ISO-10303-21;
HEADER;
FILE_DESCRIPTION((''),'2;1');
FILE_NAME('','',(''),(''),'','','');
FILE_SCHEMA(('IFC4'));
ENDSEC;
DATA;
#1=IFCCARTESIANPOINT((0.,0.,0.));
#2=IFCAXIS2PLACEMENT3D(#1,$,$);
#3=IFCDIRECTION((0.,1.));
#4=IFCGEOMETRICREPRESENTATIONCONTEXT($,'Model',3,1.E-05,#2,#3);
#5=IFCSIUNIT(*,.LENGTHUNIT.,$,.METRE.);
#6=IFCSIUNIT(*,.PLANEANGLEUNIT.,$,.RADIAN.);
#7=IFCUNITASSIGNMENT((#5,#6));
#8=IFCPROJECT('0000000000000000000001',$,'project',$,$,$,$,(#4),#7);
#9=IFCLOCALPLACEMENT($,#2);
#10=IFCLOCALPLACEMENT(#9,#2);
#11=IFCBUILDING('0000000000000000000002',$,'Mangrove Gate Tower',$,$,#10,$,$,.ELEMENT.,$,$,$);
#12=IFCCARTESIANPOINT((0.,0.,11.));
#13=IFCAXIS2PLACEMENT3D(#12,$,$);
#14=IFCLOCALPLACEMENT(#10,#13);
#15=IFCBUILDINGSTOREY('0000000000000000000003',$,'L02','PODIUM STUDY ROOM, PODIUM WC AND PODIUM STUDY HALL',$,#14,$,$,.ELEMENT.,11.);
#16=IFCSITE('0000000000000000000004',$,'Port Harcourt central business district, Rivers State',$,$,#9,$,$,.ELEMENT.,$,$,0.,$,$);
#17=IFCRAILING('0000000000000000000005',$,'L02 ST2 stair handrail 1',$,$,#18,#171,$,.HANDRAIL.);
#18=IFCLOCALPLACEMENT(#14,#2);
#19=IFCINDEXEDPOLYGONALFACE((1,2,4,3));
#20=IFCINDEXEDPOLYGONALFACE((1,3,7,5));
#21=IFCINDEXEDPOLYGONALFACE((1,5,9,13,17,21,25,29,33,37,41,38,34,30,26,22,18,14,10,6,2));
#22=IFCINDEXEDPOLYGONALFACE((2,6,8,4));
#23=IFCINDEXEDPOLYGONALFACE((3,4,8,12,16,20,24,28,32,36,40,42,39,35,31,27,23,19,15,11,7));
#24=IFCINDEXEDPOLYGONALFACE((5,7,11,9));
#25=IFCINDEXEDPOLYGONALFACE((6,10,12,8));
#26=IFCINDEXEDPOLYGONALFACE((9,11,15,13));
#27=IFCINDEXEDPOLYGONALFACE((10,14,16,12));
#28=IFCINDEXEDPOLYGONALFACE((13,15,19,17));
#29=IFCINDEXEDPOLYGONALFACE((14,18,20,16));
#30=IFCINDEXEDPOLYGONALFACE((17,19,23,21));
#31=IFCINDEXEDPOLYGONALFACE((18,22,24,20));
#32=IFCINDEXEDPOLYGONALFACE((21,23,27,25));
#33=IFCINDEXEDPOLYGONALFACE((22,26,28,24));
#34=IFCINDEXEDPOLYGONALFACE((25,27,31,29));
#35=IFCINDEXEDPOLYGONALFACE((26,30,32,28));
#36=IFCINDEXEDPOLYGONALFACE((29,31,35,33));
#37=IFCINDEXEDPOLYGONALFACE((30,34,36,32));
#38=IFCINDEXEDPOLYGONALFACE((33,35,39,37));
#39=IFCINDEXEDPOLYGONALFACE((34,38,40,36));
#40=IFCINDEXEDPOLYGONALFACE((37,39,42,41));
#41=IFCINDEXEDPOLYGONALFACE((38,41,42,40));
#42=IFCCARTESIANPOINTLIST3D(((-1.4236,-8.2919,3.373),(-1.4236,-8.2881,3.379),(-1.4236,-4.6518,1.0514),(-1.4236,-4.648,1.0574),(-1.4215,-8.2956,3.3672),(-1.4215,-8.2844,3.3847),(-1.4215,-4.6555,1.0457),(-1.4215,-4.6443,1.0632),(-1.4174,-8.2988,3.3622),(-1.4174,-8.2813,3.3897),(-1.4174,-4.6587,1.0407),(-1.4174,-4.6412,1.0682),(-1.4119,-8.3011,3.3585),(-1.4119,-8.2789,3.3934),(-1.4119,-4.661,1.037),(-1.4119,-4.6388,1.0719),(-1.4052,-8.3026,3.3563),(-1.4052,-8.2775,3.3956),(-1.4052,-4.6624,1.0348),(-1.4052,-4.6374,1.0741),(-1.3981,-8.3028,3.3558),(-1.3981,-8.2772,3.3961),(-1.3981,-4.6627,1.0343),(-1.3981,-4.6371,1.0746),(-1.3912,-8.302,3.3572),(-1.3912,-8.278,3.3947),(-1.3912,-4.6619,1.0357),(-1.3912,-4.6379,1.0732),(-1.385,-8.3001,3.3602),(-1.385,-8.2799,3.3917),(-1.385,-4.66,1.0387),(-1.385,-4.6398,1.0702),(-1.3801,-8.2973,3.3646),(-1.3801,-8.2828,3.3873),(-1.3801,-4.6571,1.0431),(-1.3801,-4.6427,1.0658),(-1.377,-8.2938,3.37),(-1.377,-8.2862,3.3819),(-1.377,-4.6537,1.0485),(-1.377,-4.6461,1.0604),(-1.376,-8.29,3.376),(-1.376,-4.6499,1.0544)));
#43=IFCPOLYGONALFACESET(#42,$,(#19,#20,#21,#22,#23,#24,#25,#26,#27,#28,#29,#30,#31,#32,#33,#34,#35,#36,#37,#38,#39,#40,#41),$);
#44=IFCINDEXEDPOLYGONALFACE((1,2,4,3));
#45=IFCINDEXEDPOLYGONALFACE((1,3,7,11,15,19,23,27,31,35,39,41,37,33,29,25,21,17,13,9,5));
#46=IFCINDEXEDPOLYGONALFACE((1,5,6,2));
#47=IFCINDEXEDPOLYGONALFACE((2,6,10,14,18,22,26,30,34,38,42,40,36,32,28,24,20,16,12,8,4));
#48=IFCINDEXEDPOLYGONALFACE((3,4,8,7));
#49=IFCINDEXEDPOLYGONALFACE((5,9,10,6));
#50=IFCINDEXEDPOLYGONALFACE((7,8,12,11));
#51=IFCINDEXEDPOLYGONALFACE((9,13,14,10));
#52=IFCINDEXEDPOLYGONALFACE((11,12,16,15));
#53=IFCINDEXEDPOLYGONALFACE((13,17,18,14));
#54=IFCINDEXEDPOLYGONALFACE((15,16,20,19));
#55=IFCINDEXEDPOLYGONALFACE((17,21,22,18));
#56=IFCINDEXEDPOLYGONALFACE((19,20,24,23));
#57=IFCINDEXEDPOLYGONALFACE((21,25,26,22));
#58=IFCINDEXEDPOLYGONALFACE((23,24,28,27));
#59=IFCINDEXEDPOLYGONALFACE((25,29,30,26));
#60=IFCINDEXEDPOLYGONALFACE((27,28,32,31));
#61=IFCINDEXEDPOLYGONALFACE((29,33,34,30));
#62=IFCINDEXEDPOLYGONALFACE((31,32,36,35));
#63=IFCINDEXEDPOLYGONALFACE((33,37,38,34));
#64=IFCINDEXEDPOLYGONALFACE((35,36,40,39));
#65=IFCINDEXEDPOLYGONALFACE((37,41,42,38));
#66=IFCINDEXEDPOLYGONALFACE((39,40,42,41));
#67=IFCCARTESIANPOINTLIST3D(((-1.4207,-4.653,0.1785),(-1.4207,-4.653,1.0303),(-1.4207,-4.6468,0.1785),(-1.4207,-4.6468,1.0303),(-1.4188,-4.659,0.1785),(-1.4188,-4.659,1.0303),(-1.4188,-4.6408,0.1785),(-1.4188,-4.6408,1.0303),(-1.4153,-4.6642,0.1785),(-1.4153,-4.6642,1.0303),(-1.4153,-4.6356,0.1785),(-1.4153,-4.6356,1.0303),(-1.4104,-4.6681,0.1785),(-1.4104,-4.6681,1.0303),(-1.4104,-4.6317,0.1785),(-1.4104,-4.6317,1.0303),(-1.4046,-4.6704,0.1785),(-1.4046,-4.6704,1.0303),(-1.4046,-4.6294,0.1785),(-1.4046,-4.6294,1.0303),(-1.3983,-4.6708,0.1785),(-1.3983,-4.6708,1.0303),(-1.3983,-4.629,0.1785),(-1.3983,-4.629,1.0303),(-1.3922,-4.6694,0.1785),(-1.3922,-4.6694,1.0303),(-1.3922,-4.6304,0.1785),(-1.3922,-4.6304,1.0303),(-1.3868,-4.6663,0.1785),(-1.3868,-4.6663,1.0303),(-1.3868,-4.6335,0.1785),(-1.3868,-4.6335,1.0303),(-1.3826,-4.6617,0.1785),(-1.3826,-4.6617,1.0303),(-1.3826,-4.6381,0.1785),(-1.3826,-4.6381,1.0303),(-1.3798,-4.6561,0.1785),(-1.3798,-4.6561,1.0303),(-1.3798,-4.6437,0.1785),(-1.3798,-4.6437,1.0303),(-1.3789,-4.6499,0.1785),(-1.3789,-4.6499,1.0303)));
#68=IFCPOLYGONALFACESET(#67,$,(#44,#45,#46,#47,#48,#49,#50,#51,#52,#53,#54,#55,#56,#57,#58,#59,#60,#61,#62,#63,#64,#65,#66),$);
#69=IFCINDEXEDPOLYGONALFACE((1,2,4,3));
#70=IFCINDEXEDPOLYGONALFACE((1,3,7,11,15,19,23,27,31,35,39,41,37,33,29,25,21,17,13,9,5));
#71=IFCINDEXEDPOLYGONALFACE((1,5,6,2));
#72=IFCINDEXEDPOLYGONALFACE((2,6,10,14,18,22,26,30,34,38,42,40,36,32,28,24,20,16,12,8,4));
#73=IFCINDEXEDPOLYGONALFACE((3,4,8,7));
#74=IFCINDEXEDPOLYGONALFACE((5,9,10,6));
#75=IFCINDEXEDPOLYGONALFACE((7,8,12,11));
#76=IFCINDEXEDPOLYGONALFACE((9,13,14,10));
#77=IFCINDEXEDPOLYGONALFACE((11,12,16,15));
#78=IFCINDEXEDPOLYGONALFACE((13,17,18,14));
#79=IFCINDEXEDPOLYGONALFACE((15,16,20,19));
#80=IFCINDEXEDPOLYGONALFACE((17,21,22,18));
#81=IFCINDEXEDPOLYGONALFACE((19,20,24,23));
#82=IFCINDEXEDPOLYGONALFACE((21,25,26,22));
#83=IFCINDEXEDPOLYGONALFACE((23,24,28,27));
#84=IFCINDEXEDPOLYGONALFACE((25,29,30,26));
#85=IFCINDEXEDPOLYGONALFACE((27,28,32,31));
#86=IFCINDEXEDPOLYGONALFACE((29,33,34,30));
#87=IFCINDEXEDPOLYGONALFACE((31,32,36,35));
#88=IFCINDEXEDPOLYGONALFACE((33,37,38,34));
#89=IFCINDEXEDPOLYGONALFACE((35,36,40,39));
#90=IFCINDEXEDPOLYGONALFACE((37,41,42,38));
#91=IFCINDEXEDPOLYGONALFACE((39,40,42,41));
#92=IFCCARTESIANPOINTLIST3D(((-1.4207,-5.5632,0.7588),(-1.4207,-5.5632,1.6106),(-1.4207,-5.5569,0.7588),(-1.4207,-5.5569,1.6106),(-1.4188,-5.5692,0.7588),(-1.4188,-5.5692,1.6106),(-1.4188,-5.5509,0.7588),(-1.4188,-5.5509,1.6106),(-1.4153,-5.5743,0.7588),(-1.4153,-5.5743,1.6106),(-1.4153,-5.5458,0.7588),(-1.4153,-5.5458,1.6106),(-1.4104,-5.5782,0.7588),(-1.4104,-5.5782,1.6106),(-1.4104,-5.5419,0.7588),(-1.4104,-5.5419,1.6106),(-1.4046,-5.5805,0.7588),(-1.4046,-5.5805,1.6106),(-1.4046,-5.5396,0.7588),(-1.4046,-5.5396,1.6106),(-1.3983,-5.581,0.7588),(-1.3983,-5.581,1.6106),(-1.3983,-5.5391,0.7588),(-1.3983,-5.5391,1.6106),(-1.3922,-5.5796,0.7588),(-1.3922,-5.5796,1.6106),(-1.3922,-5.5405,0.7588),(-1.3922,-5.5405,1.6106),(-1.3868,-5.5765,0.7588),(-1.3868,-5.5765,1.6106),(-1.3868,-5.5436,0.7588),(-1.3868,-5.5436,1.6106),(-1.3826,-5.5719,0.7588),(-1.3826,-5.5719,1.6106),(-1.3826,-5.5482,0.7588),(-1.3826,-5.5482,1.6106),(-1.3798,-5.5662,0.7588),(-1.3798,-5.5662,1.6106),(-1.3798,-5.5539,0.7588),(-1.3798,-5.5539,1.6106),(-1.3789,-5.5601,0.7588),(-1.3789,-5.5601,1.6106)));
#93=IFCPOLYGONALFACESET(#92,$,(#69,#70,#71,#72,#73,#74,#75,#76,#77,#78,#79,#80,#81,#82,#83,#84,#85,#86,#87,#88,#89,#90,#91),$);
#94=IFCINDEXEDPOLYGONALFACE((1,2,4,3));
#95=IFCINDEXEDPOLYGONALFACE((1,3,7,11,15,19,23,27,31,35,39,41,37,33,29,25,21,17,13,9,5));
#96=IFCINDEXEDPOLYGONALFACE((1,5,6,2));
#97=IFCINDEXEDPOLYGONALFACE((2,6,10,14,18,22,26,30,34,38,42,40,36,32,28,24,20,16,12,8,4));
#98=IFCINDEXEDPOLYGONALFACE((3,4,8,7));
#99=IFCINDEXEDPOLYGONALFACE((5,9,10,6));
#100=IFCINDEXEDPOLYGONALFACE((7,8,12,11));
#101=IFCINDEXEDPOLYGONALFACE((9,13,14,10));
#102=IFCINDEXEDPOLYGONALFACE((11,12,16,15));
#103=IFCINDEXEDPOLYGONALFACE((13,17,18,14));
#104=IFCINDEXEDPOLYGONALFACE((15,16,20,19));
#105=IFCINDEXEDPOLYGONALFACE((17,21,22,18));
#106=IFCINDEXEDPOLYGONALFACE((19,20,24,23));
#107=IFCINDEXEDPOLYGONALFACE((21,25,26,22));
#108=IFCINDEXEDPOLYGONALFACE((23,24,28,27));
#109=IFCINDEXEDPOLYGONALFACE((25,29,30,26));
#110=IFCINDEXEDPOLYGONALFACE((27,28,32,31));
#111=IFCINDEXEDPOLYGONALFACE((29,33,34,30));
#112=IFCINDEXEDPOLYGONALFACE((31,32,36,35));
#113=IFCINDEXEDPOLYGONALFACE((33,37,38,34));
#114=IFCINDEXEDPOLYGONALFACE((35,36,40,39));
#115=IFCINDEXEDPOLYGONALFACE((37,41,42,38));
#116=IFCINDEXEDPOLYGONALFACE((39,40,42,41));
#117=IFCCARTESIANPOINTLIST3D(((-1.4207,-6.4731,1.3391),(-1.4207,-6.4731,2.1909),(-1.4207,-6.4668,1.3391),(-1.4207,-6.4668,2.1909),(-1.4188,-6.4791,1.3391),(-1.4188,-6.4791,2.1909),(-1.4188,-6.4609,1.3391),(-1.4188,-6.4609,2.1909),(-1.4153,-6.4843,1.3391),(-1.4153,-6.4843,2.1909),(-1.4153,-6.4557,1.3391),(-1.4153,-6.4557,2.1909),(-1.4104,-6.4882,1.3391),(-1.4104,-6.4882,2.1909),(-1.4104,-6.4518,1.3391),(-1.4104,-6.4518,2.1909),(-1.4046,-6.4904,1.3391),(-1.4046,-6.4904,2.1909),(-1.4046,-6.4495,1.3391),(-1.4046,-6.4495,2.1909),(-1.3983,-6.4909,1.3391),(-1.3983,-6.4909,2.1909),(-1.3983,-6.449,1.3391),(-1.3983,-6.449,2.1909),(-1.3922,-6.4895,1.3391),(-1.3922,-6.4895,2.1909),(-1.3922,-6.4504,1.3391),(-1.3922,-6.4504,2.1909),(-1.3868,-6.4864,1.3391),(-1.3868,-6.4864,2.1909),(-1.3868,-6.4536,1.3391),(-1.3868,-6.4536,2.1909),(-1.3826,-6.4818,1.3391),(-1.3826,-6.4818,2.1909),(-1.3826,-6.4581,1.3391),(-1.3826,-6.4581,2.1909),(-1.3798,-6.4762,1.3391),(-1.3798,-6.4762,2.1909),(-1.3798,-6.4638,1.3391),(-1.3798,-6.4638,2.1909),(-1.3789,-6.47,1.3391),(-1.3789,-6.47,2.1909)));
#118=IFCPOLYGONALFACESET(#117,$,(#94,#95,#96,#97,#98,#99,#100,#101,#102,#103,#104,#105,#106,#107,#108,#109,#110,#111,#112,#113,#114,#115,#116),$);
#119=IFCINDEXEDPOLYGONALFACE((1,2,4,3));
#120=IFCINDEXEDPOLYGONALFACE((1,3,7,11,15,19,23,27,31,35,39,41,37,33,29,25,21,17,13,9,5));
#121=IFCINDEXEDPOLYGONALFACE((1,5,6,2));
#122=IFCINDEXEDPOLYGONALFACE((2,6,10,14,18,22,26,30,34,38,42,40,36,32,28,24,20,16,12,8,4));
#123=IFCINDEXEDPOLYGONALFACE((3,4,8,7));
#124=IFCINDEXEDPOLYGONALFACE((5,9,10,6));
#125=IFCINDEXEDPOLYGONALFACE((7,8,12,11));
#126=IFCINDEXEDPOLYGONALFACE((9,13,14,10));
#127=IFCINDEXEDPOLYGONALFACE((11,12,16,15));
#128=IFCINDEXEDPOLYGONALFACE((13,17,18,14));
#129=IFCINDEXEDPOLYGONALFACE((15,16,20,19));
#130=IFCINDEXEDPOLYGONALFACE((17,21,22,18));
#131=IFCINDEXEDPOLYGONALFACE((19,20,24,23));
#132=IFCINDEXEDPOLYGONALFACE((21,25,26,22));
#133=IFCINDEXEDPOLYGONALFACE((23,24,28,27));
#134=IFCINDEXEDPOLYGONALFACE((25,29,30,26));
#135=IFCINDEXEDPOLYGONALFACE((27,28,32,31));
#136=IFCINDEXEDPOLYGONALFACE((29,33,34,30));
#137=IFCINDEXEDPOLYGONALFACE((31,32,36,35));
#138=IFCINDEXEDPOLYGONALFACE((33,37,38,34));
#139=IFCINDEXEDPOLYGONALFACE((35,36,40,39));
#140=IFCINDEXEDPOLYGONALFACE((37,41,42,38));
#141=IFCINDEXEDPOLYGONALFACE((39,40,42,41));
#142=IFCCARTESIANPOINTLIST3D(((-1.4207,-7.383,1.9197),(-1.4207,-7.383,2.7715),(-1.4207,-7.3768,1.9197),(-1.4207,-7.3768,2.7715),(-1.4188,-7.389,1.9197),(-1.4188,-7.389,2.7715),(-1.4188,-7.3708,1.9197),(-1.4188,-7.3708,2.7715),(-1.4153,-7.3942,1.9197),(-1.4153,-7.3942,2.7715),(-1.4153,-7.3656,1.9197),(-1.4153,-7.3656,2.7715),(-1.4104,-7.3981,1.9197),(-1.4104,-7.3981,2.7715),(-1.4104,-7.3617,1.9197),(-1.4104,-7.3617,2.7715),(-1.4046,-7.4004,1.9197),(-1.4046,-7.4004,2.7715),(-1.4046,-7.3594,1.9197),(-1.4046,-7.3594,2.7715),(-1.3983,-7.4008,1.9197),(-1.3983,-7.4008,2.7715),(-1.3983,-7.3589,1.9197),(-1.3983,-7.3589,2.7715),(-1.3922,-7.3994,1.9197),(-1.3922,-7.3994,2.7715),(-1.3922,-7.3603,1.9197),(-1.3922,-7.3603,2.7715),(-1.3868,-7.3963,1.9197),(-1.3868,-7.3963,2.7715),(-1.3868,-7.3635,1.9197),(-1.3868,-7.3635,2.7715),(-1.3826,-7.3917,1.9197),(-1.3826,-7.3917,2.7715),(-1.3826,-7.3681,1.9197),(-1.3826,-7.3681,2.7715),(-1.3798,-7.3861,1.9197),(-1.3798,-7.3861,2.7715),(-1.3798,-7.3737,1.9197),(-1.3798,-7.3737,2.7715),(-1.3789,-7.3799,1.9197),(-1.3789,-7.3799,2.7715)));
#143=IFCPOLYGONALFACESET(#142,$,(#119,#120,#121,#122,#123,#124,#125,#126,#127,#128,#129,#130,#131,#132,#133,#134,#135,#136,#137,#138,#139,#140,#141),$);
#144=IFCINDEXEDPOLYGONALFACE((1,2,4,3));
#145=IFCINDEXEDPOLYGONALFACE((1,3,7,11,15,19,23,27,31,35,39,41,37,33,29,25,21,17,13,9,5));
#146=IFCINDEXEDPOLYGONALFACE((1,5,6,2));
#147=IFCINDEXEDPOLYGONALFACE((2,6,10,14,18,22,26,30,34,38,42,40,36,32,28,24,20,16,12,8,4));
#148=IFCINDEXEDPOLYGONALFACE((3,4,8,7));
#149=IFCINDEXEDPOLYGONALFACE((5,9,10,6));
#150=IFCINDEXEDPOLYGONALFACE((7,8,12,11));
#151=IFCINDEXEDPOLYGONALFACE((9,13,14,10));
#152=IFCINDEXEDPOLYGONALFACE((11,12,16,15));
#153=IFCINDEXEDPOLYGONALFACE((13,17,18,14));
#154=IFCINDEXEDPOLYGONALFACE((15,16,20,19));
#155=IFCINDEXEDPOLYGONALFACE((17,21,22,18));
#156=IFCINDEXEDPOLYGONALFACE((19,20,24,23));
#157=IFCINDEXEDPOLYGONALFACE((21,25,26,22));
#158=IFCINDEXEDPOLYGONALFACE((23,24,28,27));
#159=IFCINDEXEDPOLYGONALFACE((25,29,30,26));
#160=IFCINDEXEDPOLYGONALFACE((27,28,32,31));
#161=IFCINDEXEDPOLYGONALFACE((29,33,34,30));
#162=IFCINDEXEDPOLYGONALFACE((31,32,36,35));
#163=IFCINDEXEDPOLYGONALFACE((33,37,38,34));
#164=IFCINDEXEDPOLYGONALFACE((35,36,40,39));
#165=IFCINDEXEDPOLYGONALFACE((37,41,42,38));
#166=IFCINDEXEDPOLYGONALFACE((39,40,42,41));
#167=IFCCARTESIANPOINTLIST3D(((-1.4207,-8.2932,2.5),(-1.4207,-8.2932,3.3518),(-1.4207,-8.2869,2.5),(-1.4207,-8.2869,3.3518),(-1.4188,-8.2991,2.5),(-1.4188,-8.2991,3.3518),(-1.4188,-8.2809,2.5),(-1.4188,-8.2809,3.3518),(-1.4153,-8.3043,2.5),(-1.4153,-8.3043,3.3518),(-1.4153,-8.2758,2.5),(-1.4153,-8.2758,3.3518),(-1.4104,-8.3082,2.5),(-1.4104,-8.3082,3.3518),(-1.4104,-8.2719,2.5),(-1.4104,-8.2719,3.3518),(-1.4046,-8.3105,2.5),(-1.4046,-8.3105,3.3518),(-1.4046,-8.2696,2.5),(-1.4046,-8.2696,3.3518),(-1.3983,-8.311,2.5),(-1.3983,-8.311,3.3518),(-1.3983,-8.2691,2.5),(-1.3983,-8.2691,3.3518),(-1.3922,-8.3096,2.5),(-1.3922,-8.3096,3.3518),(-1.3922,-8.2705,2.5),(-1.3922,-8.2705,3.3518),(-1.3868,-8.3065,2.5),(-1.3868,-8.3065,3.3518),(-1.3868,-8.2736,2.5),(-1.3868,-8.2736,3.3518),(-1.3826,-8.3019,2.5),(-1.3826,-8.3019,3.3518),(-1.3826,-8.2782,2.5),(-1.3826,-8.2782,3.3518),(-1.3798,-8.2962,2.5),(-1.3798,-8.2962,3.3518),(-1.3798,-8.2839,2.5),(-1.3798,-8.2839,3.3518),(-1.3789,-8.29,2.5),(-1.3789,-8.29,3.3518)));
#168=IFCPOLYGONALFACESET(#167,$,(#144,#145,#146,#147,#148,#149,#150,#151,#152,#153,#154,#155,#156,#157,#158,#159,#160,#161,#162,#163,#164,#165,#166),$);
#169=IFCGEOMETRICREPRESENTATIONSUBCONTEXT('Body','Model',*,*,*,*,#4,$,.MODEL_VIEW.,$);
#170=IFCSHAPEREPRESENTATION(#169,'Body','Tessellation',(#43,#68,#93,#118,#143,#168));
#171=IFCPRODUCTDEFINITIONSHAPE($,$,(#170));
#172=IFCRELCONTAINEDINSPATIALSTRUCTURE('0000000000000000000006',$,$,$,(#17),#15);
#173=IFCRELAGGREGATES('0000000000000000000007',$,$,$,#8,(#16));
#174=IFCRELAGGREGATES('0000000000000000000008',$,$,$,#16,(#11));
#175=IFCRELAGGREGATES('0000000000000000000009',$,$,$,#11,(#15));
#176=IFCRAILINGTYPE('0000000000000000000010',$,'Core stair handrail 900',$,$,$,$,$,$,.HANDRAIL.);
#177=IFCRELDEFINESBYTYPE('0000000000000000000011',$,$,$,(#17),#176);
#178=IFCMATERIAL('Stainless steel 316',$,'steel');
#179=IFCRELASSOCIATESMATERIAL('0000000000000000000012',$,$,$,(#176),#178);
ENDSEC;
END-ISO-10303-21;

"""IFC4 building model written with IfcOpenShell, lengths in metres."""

from ifc_helpers import new_model, si_unit, direction, frame, origin, origin_2d, place, context, subcontext, project, spatial, circle, extrude, material, type_object, element, save


model = new_model("IFC4")

# Units and contexts
model_context = context("Model", 3, precision=1e-05, world=origin(), true_north=direction((0.0, 1.0)))
body_context = subcontext(model_context, "Body", "Model", "MODEL_VIEW")
ifc_project = project(units=[si_unit("LENGTHUNIT", "METRE"), si_unit("PLANEANGLEUNIT", "RADIAN")], contexts=[model_context])

# Site, building, storey
site_placement = place(None, origin())
site = spatial("IfcSite", under=ifc_project, at=site_placement, Name="Port Harcourt central business district, Rivers State", CompositionType="ELEMENT", RefElevation=0.0)
building_placement = place(site_placement, origin())
building = spatial("IfcBuilding", under=site, at=building_placement, Name="Mangrove Gate Tower", CompositionType="ELEMENT")
storey_placement = place(building_placement, frame((0.0, 0.0, 11.0)))
storey = spatial("IfcBuildingStorey", under=building, at=storey_placement, Name="L02", Description="PODIUM STUDY ROOM, PODIUM WC AND PODIUM STUDY HALL", CompositionType="ELEMENT", Elevation=11.0)

# Railing
ifc_material_1 = material(Name="Stainless steel 316", Category="steel")
railing_type_1 = type_object("IfcRailingType", Name="Core stair handrail 900", PredefinedType="HANDRAIL", material=ifc_material_1)
railing_1_placement = place(storey_placement, frame((-1.3999, -4.6499, 0.1785)))
element("IfcRailing", 1, at=railing_1_placement, inside=storey, type_object=railing_type_1, Name="L02 ST2 stair handrail 1", PredefinedType="HANDRAIL", context=body_context, shape_type="SweptSolid", body=[
    extrude(circle(Radius=0.0239, at=origin_2d()), frame((0.0, 0.0, 0.876), z_axis=(0.0, -0.843128, 0.537713), x_axis=(1.0, 0.0, 0.0)), (0.0, 0.0, 1.0), 4.3174),
    extrude(circle(Radius=0.021, at=origin_2d()), origin(), (0.0, 0.0, 1.0), 0.8518),
    extrude(circle(Radius=0.021, at=origin_2d()), frame((0.0, -0.9102, 0.5803)), (0.0, 0.0, 1.0), 0.8518),
    extrude(circle(Radius=0.021, at=origin_2d()), frame((0.0, -1.8201, 1.1606)), (0.0, 0.0, 1.0), 0.8518),
    extrude(circle(Radius=0.021, at=origin_2d()), frame((0.0, -2.73, 1.7412)), (0.0, 0.0, 1.0), 0.8518),
    extrude(circle(Radius=0.021, at=origin_2d()), frame((0.0, -3.6401, 2.3215)), (0.0, 0.0, 1.0), 0.8518),
])

save(model, "model.ifc")
